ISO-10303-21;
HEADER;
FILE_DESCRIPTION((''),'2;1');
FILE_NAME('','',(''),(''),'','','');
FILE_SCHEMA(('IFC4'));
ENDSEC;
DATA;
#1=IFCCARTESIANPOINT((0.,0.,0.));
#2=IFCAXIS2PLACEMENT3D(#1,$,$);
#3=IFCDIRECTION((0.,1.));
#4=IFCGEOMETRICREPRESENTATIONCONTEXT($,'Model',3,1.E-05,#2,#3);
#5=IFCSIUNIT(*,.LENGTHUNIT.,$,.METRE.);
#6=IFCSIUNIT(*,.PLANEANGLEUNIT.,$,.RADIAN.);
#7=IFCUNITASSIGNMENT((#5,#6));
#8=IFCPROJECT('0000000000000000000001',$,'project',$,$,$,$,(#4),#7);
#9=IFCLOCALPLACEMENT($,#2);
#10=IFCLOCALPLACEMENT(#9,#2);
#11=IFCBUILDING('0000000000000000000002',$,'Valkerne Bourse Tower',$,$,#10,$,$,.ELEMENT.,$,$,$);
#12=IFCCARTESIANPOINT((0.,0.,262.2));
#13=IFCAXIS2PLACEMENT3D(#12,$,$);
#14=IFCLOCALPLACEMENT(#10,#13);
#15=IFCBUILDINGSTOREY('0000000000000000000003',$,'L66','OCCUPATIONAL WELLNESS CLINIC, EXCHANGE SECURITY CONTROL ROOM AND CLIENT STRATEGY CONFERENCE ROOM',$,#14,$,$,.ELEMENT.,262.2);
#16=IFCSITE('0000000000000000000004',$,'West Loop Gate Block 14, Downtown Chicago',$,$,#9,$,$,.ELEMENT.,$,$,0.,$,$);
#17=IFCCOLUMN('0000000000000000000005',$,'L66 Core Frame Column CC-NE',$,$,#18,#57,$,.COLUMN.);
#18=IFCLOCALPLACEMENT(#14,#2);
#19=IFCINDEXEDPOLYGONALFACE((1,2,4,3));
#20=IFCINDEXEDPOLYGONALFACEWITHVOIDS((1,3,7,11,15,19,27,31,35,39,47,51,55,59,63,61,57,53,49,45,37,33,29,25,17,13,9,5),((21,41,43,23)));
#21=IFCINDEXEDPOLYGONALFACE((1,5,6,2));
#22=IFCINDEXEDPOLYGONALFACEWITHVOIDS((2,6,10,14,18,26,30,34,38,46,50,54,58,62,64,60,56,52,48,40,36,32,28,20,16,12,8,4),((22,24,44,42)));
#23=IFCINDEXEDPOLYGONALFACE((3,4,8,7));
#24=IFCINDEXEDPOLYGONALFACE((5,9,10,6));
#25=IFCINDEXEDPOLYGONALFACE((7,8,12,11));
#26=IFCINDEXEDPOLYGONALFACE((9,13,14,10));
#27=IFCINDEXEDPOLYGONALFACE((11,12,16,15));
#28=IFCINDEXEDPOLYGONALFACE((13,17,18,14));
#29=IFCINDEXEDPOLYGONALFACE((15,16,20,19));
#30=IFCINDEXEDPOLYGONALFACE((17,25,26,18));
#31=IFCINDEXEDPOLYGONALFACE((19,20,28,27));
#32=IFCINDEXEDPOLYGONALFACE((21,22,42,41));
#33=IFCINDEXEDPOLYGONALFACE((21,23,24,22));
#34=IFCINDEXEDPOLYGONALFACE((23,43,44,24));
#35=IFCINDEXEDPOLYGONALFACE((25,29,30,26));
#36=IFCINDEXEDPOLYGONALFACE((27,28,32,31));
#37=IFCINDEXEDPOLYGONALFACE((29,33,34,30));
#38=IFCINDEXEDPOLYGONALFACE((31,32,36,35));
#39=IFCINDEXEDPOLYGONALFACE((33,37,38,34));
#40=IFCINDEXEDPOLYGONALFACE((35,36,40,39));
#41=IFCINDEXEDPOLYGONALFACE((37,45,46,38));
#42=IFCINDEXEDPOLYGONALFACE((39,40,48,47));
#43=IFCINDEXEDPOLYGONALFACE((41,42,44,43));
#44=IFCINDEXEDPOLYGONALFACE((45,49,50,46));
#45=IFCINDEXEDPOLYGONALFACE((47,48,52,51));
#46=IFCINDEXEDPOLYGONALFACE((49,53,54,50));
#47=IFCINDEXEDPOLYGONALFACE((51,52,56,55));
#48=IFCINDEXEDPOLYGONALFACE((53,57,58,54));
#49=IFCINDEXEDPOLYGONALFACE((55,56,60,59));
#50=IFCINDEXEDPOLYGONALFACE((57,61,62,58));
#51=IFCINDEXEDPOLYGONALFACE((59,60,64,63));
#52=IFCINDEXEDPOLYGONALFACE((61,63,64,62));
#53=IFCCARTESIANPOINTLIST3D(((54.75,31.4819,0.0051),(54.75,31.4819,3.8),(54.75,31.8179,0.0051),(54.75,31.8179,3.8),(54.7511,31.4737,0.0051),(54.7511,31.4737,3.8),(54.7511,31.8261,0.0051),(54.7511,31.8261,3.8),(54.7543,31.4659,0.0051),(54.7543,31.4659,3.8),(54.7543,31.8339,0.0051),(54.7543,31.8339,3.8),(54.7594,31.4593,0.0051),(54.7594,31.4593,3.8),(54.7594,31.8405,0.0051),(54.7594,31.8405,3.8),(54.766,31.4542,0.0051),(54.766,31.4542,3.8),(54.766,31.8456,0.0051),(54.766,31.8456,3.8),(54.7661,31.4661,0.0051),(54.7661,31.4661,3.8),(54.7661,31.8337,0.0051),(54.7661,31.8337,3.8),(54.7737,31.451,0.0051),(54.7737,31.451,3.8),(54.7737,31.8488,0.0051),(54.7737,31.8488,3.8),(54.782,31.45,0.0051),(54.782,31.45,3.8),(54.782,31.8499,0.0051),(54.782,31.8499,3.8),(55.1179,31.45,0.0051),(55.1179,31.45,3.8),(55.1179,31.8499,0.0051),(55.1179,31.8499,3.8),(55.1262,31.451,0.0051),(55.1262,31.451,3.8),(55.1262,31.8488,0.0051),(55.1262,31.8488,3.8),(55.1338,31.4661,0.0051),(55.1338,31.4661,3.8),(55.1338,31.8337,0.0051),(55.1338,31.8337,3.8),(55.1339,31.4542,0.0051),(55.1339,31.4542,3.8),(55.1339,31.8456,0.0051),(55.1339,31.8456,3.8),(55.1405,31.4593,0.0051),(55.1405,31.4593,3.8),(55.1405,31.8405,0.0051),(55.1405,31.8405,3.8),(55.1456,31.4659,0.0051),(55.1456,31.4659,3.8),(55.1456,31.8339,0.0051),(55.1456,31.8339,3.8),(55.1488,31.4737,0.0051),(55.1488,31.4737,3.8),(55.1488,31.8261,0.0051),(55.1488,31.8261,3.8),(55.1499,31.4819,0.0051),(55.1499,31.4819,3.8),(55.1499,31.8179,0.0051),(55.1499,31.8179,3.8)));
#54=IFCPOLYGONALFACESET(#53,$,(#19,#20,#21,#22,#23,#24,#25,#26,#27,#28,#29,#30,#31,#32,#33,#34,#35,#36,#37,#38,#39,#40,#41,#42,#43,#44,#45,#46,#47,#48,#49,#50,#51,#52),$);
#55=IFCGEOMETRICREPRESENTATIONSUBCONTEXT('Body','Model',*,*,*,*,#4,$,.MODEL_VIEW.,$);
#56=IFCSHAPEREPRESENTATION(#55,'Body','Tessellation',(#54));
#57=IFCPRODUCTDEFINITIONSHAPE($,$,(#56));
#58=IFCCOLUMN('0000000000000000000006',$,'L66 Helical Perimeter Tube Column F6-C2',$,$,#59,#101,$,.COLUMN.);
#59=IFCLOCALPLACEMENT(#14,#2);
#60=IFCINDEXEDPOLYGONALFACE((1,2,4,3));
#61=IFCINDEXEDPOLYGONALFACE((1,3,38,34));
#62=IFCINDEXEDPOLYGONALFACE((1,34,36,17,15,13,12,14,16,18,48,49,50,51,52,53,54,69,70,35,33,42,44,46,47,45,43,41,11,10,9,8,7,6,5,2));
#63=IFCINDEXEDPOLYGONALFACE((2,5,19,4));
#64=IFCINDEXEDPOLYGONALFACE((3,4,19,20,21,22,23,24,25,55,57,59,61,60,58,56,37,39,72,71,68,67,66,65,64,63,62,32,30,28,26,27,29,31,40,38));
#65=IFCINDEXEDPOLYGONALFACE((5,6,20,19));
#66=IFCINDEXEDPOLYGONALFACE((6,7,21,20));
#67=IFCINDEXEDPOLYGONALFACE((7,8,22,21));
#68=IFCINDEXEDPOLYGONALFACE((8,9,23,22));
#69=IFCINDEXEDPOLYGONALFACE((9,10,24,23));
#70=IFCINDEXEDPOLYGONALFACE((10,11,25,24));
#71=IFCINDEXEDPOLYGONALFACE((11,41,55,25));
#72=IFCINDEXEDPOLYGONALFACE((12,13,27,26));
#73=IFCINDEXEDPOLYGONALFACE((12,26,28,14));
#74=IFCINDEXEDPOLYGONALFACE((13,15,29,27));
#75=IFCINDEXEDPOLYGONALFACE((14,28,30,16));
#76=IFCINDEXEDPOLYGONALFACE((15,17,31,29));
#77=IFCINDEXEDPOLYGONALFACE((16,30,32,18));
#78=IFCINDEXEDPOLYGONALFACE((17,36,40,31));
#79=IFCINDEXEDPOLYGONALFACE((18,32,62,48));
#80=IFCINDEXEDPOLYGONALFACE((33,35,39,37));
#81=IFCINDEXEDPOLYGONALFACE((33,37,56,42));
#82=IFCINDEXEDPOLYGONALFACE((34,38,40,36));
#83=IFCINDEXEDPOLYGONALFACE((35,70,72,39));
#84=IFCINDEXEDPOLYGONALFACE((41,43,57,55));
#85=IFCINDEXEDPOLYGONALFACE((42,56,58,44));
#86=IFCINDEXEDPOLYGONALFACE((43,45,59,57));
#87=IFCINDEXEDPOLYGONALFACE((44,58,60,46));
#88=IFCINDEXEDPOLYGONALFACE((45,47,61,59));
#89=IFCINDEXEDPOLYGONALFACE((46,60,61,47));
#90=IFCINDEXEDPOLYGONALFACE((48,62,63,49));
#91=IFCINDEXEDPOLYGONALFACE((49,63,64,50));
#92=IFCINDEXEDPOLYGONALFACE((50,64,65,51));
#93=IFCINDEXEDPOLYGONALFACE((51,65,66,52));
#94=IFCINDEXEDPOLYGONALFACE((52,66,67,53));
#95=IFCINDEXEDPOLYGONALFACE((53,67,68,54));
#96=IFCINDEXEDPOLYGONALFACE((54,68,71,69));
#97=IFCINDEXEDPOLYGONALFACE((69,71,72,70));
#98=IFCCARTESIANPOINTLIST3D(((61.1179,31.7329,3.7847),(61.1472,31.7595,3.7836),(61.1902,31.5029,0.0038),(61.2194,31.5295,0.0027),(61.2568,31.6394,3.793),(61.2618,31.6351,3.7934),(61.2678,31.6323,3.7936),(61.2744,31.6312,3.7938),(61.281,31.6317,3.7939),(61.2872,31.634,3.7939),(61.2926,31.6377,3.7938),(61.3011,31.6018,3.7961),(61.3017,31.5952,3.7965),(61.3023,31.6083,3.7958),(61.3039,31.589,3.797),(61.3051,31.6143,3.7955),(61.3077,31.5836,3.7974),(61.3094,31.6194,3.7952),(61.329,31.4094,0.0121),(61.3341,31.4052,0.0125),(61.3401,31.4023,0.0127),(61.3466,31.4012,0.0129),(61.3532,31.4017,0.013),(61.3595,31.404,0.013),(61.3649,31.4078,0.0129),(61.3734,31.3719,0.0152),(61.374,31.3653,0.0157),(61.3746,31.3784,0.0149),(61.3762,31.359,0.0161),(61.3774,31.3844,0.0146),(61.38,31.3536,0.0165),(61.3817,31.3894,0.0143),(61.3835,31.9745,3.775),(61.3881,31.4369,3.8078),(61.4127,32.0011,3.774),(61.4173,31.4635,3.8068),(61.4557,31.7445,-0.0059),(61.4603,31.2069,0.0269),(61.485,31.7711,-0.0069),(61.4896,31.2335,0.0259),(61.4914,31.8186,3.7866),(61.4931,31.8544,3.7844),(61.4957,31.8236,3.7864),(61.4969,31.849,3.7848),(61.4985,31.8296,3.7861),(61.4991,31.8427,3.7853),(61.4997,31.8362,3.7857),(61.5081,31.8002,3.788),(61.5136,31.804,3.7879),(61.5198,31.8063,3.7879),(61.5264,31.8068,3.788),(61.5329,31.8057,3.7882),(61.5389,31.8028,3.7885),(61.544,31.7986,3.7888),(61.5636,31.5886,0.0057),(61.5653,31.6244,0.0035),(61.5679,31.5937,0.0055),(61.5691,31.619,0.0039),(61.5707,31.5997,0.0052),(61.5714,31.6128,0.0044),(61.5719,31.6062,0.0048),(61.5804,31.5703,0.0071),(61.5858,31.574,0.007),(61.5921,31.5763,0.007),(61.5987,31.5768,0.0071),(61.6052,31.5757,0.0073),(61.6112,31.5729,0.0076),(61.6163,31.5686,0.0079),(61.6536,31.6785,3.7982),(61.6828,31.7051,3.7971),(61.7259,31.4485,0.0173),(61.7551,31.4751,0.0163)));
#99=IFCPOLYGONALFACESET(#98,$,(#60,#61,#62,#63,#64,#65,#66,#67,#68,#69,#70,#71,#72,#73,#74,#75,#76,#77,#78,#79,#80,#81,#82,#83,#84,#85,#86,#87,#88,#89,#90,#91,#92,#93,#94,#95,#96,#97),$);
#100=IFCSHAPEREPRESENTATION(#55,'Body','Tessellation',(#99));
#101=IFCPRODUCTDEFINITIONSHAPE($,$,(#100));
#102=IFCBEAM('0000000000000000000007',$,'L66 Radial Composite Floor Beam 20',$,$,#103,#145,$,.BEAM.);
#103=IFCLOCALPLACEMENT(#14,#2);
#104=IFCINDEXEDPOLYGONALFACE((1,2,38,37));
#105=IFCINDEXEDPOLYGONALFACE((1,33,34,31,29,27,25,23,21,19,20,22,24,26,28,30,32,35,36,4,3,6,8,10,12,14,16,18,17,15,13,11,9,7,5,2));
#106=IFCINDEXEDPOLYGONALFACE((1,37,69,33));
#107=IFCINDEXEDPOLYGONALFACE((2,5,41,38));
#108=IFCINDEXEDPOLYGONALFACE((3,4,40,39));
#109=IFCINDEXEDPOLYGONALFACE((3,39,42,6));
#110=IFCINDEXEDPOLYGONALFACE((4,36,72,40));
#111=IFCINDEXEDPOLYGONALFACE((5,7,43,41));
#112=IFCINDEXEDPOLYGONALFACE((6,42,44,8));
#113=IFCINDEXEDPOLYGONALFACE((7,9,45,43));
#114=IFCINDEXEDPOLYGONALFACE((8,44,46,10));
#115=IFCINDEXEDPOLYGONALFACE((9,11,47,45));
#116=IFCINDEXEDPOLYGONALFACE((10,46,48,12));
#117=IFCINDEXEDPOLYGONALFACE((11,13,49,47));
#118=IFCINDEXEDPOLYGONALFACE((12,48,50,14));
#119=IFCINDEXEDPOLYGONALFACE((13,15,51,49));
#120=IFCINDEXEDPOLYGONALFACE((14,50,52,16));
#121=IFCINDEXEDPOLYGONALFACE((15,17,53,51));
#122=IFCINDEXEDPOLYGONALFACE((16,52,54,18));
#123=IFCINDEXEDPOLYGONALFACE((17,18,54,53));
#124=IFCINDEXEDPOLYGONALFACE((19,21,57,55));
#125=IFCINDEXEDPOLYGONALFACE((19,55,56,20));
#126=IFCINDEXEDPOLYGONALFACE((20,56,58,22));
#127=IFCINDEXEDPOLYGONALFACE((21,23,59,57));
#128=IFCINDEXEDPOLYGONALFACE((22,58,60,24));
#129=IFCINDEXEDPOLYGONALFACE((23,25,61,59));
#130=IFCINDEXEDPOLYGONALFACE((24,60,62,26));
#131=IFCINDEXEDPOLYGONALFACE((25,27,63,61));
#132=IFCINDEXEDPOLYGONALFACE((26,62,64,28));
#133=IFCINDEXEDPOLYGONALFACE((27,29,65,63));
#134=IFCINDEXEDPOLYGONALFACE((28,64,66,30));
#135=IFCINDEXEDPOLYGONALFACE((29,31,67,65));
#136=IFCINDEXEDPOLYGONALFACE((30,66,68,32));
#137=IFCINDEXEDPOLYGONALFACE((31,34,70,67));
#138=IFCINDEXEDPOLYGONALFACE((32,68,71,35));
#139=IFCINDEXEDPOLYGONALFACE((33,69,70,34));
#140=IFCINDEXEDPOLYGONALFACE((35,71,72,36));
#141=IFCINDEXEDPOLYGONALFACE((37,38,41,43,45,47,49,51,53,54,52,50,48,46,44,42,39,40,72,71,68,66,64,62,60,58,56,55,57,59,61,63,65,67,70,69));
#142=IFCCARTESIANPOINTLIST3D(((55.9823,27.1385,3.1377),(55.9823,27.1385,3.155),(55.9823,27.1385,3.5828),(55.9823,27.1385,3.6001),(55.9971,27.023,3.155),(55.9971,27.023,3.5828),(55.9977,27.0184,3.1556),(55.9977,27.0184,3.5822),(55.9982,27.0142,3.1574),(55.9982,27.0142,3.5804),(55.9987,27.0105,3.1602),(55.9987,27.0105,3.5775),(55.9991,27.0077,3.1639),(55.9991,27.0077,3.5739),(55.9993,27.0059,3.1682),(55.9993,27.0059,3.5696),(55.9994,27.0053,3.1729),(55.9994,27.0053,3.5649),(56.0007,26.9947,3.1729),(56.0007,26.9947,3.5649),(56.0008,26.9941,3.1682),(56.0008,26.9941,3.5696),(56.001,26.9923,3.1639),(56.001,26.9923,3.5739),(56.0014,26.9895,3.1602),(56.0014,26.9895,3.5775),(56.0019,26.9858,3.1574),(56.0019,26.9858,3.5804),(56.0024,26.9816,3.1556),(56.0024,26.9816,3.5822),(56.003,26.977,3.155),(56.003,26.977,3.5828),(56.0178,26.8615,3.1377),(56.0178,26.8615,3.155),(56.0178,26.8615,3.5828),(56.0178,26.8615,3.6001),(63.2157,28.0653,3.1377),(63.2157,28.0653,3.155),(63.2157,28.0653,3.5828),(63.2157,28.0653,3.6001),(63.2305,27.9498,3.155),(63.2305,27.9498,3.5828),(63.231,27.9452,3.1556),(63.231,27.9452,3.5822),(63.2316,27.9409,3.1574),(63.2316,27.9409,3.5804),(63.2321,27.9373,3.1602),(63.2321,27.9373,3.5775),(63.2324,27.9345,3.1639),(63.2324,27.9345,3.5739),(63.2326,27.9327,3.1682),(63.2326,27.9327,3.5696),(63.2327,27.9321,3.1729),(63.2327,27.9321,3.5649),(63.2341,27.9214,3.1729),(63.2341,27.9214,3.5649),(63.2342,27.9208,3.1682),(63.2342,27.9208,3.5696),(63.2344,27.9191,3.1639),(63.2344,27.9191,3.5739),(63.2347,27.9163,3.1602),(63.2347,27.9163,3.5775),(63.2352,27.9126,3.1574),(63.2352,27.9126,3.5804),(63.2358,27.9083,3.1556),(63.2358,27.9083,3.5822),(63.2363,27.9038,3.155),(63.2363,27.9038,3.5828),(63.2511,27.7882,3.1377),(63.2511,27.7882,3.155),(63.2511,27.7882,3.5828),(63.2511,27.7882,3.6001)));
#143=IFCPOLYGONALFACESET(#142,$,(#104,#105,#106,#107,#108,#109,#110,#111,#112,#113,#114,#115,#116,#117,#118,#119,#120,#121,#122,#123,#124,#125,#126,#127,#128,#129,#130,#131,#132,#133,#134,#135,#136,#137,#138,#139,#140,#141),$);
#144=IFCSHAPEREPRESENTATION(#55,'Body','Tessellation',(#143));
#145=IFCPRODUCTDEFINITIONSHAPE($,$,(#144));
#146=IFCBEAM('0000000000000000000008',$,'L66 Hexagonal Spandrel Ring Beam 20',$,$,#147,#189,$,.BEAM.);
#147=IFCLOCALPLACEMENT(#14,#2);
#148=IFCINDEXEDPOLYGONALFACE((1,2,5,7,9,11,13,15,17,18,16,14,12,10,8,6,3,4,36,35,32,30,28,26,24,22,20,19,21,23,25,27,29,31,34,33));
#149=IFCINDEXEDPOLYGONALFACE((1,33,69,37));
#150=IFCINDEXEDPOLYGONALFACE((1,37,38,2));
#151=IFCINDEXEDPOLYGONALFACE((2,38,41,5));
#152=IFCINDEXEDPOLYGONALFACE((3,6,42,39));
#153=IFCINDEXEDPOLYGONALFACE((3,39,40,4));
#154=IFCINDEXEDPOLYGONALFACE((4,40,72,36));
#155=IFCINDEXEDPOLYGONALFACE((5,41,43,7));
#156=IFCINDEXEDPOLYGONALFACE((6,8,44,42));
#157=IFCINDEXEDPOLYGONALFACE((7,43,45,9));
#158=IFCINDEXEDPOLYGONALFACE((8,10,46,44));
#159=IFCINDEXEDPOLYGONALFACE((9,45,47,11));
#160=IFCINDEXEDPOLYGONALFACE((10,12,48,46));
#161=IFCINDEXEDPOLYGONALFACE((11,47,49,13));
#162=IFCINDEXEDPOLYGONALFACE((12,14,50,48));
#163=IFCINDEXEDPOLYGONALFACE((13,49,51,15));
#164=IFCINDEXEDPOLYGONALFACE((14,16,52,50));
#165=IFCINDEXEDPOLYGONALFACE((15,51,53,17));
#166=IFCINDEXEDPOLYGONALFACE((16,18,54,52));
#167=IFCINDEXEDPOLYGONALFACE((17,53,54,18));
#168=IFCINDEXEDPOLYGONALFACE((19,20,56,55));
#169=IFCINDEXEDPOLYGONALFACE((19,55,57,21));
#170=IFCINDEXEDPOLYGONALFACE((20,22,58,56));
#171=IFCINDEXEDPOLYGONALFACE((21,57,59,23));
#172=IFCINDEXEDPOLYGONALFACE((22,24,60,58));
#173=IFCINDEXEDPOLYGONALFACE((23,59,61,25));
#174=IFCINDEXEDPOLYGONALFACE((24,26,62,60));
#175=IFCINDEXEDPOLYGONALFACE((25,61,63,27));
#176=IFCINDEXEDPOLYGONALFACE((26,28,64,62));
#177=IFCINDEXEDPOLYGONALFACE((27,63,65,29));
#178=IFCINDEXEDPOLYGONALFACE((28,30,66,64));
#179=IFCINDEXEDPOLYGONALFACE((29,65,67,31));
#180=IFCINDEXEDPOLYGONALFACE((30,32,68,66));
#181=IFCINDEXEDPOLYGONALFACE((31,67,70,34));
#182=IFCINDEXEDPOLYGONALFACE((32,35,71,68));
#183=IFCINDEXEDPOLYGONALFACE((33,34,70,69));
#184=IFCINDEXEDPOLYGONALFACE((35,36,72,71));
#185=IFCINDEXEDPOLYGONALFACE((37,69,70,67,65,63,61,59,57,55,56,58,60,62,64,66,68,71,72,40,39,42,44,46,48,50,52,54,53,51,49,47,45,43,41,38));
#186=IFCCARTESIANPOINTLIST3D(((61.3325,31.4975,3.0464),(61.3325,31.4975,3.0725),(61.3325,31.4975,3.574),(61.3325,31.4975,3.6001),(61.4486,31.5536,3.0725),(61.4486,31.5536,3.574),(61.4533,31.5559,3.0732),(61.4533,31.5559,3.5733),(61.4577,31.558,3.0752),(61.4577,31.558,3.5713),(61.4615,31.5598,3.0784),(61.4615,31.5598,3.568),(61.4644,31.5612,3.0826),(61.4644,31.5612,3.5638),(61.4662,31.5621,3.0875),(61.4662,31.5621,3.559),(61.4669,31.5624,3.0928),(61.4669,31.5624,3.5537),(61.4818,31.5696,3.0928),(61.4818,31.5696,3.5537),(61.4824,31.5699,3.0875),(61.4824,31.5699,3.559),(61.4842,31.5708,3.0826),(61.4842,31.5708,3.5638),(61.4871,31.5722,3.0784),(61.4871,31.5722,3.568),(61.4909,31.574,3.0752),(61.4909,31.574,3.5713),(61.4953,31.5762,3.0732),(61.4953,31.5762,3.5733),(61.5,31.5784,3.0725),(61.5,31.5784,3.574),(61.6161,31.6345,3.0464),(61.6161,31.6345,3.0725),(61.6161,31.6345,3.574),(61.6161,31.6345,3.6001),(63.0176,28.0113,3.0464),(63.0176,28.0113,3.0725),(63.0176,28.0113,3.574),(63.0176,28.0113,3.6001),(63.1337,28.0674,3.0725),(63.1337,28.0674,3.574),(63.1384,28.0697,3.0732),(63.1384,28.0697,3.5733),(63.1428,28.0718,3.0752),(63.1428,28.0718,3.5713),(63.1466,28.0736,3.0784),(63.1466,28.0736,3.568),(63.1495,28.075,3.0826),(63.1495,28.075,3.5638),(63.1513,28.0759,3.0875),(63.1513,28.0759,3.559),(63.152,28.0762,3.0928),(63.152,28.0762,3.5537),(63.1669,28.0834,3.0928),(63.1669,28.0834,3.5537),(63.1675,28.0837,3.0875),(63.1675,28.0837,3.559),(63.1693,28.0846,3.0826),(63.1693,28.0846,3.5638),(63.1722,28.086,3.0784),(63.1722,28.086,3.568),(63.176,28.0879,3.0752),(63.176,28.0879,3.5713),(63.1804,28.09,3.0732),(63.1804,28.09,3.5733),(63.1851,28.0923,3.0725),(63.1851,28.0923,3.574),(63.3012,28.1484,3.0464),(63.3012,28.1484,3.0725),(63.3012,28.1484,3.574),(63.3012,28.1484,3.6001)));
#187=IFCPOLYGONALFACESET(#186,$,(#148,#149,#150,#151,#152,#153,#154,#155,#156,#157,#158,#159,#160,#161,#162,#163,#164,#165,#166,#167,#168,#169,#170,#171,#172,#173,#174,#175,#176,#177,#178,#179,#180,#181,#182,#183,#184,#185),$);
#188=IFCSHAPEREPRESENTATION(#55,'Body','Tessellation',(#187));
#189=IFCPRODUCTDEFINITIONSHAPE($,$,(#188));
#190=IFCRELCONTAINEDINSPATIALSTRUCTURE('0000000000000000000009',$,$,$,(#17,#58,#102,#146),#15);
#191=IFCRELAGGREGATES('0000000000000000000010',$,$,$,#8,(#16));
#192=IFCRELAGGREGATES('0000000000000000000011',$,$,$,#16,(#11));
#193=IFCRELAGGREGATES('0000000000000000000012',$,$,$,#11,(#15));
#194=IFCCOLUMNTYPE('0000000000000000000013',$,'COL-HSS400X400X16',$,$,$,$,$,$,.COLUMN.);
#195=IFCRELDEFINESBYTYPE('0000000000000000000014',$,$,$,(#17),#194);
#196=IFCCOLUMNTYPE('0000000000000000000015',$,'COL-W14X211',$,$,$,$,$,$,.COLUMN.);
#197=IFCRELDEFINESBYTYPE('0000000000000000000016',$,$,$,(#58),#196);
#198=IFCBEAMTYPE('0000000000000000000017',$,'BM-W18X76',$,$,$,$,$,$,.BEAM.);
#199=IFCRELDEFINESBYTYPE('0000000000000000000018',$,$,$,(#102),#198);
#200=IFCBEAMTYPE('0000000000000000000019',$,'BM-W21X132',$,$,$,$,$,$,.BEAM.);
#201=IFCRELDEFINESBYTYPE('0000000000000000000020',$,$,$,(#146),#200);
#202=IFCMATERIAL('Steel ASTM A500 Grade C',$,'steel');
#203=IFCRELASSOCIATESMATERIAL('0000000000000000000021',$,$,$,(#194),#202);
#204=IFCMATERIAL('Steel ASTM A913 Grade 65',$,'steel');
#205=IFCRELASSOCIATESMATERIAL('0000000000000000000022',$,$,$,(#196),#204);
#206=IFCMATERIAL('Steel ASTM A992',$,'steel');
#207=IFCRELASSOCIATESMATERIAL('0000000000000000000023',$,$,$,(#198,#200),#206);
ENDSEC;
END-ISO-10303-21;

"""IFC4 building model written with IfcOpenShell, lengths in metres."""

from ifc_helpers import new_model, si_unit, direction, frame, origin, origin_2d, place, context, subcontext, project, spatial, hollow_rectangle, i_section, extrude, material, material_profile, profile_set, type_object, element, save


model = new_model("IFC4")

# Units and contexts
model_context = context("Model", 3, precision=1e-05, world=origin(), true_north=direction((0.0, 1.0)))
body_context = subcontext(model_context, "Body", "Model", "MODEL_VIEW")
ifc_project = project(units=[si_unit("LENGTHUNIT", "METRE"), si_unit("PLANEANGLEUNIT", "RADIAN")], contexts=[model_context])

# Site, building, storey
site_placement = place(None, origin())
site = spatial("IfcSite", under=ifc_project, at=site_placement, Name="West Loop Gate Block 14, Downtown Chicago", CompositionType="ELEMENT", RefElevation=0.0)
building_placement = place(site_placement, origin())
building = spatial("IfcBuilding", under=site, at=building_placement, Name="Valkerne Bourse Tower", CompositionType="ELEMENT")
storey_placement = place(building_placement, frame((0.0, 0.0, 262.2)))
storey = spatial("IfcBuildingStorey", under=building, at=storey_placement, Name="L66", Description="OCCUPATIONAL WELLNESS CLINIC, EXCHANGE SECURITY CONTROL ROOM AND CLIENT STRATEGY CONFERENCE ROOM", CompositionType="ELEMENT", Elevation=262.2)

# Columns
ifc_material_1 = material(Name="Steel ASTM A500 Grade C", Category="steel")
ifc_material_profile_1 = material_profile(ifc_material_1, hollow_rectangle(XDim=0.3999, YDim=0.3999, WallThickness=0.0161, OuterFilletRadius=0.032, at=origin_2d()), Name="HSS400X400X16")
ifc_profile_set_1 = profile_set([ifc_material_profile_1], Name="Steel ASTM A500 Grade C")
column_type_1 = type_object("IfcColumnType", Name="COL-HSS400X400X16", PredefinedType="COLUMN", material=ifc_profile_set_1)
column_1_placement = place(storey_placement, frame((54.95, 31.6499, 0.0051), z_axis=(0.0, 0.0, 1.0), x_axis=(1.0, 0.0, 0.0)))
element("IfcColumn", 1, at=column_1_placement, inside=storey, type_object=column_type_1, Name="L66 Core Frame Column CC-NE", PredefinedType="COLUMN", context=body_context, shape_type="SweptSolid", body=[
    extrude(hollow_rectangle(XDim=0.3999, YDim=0.3999, WallThickness=0.0161, OuterFilletRadius=0.032, at=origin_2d()), origin(), (0.0, 0.0, 1.0), 3.7949),
])
ifc_material_2 = material(Name="Steel ASTM A913 Grade 65", Category="steel")
ifc_material_profile_2 = material_profile(ifc_material_2, i_section(OverallWidth=0.4014, OverallDepth=0.3987, WebThickness=0.0249, FlangeThickness=0.0396, FilletRadius=0.0254, at=origin_2d()), Name="W14X211")
ifc_profile_set_2 = profile_set([ifc_material_profile_2], Name="Steel ASTM A913 Grade 65")
column_type_2 = type_object("IfcColumnType", Name="COL-W14X211", PredefinedType="COLUMN", material=ifc_profile_set_2)
column_2_placement = place(storey_placement, frame((61.4727, 31.489, 0.01), z_axis=(-0.019074, 0.060702, 0.997974), x_axis=(0.67303, -0.73736, 0.057714)))
element("IfcColumn", 2, at=column_2_placement, inside=storey, type_object=column_type_2, Name="L66 Helical Perimeter Tube Column F6-C2", PredefinedType="COLUMN", context=body_context, shape_type="SweptSolid", body=[
    extrude(i_section(OverallWidth=0.4014, OverallDepth=0.3987, WebThickness=0.0249, FlangeThickness=0.0396, FilletRadius=0.0254, at=origin_2d()), origin(), (0.0, 0.0, 1.0), 3.7886),
])

# Beams
ifc_material_3 = material(Name="Steel ASTM A992", Category="steel")
ifc_material_profile_3 = material_profile(ifc_material_3, i_section(OverallWidth=0.2793, OverallDepth=0.4624, WebThickness=0.0107, FlangeThickness=0.0173, FilletRadius=0.0178, at=origin_2d()), Name="W18X76")
ifc_profile_set_3 = profile_set([ifc_material_profile_3], Name="Steel ASTM A992")
beam_type_1 = type_object("IfcBeamType", Name="BM-W18X76", PredefinedType="BEAM", material=ifc_profile_set_3)
beam_1_placement = place(storey_placement, frame((63.2334, 27.9268, 3.3689), z_axis=(-0.991892, -0.127083, 0.0), x_axis=(0.127083, -0.991892, 0.0)))
element("IfcBeam", 3, at=beam_1_placement, inside=storey, type_object=beam_type_1, Name="L66 Radial Composite Floor Beam 20", PredefinedType="BEAM", context=body_context, shape_type="SweptSolid", body=[
    extrude(i_section(OverallWidth=0.2793, OverallDepth=0.4624, WebThickness=0.0107, FlangeThickness=0.0173, FilletRadius=0.0178, at=origin_2d()), origin(), (0.0, 0.0, 1.0), 7.2925),
])
ifc_material_profile_4 = material_profile(ifc_material_3, i_section(OverallWidth=0.3149, OverallDepth=0.5537, WebThickness=0.0166, FlangeThickness=0.0261, FilletRadius=0.0203, at=origin_2d()), Name="W21X132")
ifc_profile_set_4 = profile_set([ifc_material_profile_4], Name="Steel ASTM A992")
beam_type_2 = type_object("IfcBeamType", Name="BM-W21X132", PredefinedType="BEAM", material=ifc_profile_set_4)
beam_2_placement = place(storey_placement, frame((63.1594, 28.0798, 3.3232), z_axis=(-0.435193, 0.900337, 0.0), x_axis=(-0.900337, -0.435193, 0.0)))
element("IfcBeam", 4, at=beam_2_placement, inside=storey, type_object=beam_type_2, Name="L66 Hexagonal Spandrel Ring Beam 20", PredefinedType="BEAM", context=body_context, shape_type="SweptSolid", body=[
    extrude(i_section(OverallWidth=0.3149, OverallDepth=0.5537, WebThickness=0.0166, FlangeThickness=0.0261, FilletRadius=0.0203, at=origin_2d()), origin(), (0.0, 0.0, 1.0), 3.8721),
])

save(model, "model.ifc")
